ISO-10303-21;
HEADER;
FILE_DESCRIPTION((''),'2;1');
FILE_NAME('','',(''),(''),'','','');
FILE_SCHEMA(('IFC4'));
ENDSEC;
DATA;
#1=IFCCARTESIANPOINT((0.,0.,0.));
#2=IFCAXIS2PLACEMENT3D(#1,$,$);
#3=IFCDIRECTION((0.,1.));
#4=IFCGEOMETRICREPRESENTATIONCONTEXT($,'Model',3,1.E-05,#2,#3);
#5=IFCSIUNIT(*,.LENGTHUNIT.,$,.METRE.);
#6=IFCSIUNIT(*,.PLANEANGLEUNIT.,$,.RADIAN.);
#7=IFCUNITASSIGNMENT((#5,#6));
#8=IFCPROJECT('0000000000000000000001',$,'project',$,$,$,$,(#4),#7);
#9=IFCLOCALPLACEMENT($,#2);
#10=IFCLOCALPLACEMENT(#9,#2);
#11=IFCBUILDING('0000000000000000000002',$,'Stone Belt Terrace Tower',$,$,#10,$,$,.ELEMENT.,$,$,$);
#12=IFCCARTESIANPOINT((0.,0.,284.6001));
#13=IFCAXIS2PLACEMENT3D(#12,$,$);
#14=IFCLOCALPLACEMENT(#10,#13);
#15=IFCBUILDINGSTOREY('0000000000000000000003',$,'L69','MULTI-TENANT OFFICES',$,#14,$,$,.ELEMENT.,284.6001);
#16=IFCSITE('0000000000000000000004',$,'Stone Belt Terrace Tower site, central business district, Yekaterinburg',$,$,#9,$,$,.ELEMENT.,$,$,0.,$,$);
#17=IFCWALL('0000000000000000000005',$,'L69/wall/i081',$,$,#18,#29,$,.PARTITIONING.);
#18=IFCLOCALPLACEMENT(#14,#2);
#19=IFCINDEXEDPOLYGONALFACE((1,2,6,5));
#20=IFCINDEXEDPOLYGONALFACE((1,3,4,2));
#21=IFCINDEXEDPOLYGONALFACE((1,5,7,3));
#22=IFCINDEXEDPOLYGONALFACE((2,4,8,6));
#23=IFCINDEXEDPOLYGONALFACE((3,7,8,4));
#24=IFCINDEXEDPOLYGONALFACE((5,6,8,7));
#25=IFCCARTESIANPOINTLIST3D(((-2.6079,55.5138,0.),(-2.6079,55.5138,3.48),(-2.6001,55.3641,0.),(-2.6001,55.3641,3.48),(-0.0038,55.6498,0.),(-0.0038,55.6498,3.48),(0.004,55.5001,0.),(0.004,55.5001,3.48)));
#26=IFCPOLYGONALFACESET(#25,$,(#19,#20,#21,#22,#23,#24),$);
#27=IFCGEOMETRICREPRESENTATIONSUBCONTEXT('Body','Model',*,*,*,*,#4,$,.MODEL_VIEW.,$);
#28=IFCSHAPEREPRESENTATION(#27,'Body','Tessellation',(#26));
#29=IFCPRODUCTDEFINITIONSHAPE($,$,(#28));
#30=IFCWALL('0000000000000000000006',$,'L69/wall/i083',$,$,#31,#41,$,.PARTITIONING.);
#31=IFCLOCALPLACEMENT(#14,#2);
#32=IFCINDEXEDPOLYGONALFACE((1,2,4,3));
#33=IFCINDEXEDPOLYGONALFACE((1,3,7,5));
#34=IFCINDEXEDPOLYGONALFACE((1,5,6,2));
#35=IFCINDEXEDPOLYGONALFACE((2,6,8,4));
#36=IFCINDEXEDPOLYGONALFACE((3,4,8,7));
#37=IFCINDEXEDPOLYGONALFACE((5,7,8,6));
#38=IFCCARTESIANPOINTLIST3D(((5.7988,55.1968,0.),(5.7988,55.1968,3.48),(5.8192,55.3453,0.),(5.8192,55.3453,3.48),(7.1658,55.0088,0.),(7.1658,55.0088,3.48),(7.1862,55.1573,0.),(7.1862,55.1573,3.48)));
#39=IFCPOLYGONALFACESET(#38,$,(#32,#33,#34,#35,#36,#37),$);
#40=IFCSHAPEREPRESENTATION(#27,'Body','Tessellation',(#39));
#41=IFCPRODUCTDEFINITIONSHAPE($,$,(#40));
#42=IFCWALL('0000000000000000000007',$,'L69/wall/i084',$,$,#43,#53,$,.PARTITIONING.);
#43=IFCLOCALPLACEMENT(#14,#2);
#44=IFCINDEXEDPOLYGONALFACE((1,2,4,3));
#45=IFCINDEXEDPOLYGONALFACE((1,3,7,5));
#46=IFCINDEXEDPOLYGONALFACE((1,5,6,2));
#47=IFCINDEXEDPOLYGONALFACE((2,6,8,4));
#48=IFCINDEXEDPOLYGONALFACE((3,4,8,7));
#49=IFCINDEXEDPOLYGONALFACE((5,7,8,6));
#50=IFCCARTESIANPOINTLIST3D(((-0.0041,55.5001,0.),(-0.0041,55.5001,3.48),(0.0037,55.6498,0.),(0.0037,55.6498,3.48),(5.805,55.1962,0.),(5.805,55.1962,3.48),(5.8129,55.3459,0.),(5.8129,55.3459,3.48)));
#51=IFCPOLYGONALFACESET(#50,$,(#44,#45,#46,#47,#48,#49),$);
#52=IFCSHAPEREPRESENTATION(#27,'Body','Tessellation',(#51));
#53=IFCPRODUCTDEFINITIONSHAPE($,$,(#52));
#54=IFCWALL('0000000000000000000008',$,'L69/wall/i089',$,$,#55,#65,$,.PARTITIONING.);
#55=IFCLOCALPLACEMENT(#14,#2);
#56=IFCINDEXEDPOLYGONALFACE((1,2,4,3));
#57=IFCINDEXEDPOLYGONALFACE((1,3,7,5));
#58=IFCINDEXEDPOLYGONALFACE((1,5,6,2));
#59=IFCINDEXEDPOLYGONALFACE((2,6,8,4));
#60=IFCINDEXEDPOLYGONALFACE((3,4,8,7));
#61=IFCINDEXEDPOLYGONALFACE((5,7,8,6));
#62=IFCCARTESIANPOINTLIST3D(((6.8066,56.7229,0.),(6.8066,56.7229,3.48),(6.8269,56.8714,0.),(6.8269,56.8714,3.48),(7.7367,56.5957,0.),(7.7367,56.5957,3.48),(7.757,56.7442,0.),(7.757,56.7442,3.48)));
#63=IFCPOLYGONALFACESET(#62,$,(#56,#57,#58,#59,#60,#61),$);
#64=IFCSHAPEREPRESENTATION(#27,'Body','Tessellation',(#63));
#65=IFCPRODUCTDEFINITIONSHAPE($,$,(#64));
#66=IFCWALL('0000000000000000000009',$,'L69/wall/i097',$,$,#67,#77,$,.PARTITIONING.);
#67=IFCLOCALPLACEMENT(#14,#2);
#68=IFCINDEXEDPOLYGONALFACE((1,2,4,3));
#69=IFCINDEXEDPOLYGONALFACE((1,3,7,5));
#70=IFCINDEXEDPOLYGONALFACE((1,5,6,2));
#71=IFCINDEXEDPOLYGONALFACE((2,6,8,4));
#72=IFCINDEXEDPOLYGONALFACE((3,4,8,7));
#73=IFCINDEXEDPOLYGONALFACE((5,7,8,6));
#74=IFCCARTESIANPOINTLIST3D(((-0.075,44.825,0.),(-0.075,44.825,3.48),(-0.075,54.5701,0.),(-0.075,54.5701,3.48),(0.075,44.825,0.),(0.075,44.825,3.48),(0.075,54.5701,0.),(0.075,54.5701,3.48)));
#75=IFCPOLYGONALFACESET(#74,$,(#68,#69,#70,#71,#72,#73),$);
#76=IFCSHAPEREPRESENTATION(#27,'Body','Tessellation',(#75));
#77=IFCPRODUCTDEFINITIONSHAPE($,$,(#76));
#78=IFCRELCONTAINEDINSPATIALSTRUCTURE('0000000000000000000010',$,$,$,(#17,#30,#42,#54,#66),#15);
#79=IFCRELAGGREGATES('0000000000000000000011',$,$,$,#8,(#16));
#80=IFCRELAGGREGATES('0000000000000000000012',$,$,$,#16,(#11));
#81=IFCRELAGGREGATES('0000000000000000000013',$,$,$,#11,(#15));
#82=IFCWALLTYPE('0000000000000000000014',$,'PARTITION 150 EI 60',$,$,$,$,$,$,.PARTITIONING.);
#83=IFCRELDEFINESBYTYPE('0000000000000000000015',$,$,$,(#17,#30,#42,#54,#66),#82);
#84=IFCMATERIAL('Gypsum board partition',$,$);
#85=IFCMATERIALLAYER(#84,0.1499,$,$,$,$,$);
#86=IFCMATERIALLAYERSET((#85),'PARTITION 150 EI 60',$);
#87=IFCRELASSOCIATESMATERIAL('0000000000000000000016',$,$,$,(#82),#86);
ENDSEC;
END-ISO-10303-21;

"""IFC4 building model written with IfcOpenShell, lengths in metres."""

from ifc_helpers import new_model, si_unit, direction, frame, frame_2d, origin, place, context, subcontext, project, spatial, rectangle, extrude, material, layer, layer_set, type_object, element, save


model = new_model("IFC4")

# Units and contexts
model_context = context("Model", 3, precision=1e-05, world=origin(), true_north=direction((0.0, 1.0)))
body_context = subcontext(model_context, "Body", "Model", "MODEL_VIEW")
ifc_project = project(units=[si_unit("LENGTHUNIT", "METRE"), si_unit("PLANEANGLEUNIT", "RADIAN")], contexts=[model_context])

# Site, building, storey
site_placement = place(None, origin())
site = spatial("IfcSite", under=ifc_project, at=site_placement, Name="Stone Belt Terrace Tower site, central business district, Yekaterinburg", CompositionType="ELEMENT", RefElevation=0.0)
building_placement = place(site_placement, origin())
building = spatial("IfcBuilding", under=site, at=building_placement, Name="Stone Belt Terrace Tower", CompositionType="ELEMENT")
storey_placement = place(building_placement, frame((0.0, 0.0, 284.6001)))
storey = spatial("IfcBuildingStorey", under=building, at=storey_placement, Name="L69", Description="MULTI-TENANT OFFICES", CompositionType="ELEMENT", Elevation=284.6001)

# Shared definitions
ifc_material_1 = material(Name="Gypsum board partition")
ifc_layer_1 = layer(ifc_material_1, 0.1499)
ifc_layer_set_1 = layer_set([ifc_layer_1], Name="PARTITION 150 EI 60")
wall_type_1 = type_object("IfcWallType", Name="PARTITION 150 EI 60", PredefinedType="PARTITIONING", material=ifc_layer_set_1)

# Walls
wall_1_placement = place(storey_placement, frame((0.0, 55.575, 0.0), z_axis=(0.0, 0.0, 1.0), x_axis=(-0.998639, -0.052151, 0.0)))
element("IfcWall", 1, at=wall_1_placement, inside=storey, type_object=wall_type_1, Name="L69/wall/i081", PredefinedType="PARTITIONING", context=body_context, shape_type="SweptSolid", body=[
    extrude(rectangle(XDim=2.6077, YDim=0.1499, at=frame_2d((1.3037, 0.0))), origin(), (0.0, 0.0, 1.0), 3.48),
])
wall_2_placement = place(storey_placement, frame((7.176, 55.083, 0.0), z_axis=(0.0, 0.0, 1.0), x_axis=(-0.990676, 0.136242, 0.0)))
element("IfcWall", 2, at=wall_2_placement, inside=storey, type_object=wall_type_1, Name="L69/wall/i083", PredefinedType="PARTITIONING", context=body_context, shape_type="SweptSolid", body=[
    extrude(rectangle(XDim=1.3799, YDim=0.1499, at=frame_2d((0.6899, 0.0))), origin(), (0.0, 0.0, 1.0), 3.48),
])
wall_3_placement = place(storey_placement, frame((5.8091, 55.271, 0.0), z_axis=(0.0, 0.0, 1.0), x_axis=(-0.998634, 0.052253, 0.0)))
element("IfcWall", 3, at=wall_3_placement, inside=storey, type_object=wall_type_1, Name="L69/wall/i084", PredefinedType="PARTITIONING", context=body_context, shape_type="SweptSolid", body=[
    extrude(rectangle(XDim=5.8171, YDim=0.1499, at=frame_2d((2.9087, 0.0))), origin(), (0.0, 0.0, 1.0), 3.48),
])
wall_4_placement = place(storey_placement, frame((6.8169, 56.7971, 0.0), z_axis=(0.0, 0.0, 1.0), x_axis=(0.990779, -0.135485, 0.0)))
element("IfcWall", 4, at=wall_4_placement, inside=storey, type_object=wall_type_1, Name="L69/wall/i089", PredefinedType="PARTITIONING", context=body_context, shape_type="SweptSolid", body=[
    extrude(rectangle(XDim=0.9387, YDim=0.1499, at=frame_2d((0.4692, 0.0))), origin(), (0.0, 0.0, 1.0), 3.48),
])
wall_5_placement = place(storey_placement, frame((0.0, 54.5701, 0.0), z_axis=(0.0, 0.0, 1.0), x_axis=(0.0, -1.0, 0.0)))
element("IfcWall", 5, at=wall_5_placement, inside=storey, type_object=wall_type_1, Name="L69/wall/i097", PredefinedType="PARTITIONING", context=body_context, shape_type="SweptSolid", body=[
    extrude(rectangle(XDim=9.7451, YDim=0.1499, at=frame_2d((4.8726, 0.0))), origin(), (0.0, 0.0, 1.0), 3.48),
])

save(model, "model.ifc")
